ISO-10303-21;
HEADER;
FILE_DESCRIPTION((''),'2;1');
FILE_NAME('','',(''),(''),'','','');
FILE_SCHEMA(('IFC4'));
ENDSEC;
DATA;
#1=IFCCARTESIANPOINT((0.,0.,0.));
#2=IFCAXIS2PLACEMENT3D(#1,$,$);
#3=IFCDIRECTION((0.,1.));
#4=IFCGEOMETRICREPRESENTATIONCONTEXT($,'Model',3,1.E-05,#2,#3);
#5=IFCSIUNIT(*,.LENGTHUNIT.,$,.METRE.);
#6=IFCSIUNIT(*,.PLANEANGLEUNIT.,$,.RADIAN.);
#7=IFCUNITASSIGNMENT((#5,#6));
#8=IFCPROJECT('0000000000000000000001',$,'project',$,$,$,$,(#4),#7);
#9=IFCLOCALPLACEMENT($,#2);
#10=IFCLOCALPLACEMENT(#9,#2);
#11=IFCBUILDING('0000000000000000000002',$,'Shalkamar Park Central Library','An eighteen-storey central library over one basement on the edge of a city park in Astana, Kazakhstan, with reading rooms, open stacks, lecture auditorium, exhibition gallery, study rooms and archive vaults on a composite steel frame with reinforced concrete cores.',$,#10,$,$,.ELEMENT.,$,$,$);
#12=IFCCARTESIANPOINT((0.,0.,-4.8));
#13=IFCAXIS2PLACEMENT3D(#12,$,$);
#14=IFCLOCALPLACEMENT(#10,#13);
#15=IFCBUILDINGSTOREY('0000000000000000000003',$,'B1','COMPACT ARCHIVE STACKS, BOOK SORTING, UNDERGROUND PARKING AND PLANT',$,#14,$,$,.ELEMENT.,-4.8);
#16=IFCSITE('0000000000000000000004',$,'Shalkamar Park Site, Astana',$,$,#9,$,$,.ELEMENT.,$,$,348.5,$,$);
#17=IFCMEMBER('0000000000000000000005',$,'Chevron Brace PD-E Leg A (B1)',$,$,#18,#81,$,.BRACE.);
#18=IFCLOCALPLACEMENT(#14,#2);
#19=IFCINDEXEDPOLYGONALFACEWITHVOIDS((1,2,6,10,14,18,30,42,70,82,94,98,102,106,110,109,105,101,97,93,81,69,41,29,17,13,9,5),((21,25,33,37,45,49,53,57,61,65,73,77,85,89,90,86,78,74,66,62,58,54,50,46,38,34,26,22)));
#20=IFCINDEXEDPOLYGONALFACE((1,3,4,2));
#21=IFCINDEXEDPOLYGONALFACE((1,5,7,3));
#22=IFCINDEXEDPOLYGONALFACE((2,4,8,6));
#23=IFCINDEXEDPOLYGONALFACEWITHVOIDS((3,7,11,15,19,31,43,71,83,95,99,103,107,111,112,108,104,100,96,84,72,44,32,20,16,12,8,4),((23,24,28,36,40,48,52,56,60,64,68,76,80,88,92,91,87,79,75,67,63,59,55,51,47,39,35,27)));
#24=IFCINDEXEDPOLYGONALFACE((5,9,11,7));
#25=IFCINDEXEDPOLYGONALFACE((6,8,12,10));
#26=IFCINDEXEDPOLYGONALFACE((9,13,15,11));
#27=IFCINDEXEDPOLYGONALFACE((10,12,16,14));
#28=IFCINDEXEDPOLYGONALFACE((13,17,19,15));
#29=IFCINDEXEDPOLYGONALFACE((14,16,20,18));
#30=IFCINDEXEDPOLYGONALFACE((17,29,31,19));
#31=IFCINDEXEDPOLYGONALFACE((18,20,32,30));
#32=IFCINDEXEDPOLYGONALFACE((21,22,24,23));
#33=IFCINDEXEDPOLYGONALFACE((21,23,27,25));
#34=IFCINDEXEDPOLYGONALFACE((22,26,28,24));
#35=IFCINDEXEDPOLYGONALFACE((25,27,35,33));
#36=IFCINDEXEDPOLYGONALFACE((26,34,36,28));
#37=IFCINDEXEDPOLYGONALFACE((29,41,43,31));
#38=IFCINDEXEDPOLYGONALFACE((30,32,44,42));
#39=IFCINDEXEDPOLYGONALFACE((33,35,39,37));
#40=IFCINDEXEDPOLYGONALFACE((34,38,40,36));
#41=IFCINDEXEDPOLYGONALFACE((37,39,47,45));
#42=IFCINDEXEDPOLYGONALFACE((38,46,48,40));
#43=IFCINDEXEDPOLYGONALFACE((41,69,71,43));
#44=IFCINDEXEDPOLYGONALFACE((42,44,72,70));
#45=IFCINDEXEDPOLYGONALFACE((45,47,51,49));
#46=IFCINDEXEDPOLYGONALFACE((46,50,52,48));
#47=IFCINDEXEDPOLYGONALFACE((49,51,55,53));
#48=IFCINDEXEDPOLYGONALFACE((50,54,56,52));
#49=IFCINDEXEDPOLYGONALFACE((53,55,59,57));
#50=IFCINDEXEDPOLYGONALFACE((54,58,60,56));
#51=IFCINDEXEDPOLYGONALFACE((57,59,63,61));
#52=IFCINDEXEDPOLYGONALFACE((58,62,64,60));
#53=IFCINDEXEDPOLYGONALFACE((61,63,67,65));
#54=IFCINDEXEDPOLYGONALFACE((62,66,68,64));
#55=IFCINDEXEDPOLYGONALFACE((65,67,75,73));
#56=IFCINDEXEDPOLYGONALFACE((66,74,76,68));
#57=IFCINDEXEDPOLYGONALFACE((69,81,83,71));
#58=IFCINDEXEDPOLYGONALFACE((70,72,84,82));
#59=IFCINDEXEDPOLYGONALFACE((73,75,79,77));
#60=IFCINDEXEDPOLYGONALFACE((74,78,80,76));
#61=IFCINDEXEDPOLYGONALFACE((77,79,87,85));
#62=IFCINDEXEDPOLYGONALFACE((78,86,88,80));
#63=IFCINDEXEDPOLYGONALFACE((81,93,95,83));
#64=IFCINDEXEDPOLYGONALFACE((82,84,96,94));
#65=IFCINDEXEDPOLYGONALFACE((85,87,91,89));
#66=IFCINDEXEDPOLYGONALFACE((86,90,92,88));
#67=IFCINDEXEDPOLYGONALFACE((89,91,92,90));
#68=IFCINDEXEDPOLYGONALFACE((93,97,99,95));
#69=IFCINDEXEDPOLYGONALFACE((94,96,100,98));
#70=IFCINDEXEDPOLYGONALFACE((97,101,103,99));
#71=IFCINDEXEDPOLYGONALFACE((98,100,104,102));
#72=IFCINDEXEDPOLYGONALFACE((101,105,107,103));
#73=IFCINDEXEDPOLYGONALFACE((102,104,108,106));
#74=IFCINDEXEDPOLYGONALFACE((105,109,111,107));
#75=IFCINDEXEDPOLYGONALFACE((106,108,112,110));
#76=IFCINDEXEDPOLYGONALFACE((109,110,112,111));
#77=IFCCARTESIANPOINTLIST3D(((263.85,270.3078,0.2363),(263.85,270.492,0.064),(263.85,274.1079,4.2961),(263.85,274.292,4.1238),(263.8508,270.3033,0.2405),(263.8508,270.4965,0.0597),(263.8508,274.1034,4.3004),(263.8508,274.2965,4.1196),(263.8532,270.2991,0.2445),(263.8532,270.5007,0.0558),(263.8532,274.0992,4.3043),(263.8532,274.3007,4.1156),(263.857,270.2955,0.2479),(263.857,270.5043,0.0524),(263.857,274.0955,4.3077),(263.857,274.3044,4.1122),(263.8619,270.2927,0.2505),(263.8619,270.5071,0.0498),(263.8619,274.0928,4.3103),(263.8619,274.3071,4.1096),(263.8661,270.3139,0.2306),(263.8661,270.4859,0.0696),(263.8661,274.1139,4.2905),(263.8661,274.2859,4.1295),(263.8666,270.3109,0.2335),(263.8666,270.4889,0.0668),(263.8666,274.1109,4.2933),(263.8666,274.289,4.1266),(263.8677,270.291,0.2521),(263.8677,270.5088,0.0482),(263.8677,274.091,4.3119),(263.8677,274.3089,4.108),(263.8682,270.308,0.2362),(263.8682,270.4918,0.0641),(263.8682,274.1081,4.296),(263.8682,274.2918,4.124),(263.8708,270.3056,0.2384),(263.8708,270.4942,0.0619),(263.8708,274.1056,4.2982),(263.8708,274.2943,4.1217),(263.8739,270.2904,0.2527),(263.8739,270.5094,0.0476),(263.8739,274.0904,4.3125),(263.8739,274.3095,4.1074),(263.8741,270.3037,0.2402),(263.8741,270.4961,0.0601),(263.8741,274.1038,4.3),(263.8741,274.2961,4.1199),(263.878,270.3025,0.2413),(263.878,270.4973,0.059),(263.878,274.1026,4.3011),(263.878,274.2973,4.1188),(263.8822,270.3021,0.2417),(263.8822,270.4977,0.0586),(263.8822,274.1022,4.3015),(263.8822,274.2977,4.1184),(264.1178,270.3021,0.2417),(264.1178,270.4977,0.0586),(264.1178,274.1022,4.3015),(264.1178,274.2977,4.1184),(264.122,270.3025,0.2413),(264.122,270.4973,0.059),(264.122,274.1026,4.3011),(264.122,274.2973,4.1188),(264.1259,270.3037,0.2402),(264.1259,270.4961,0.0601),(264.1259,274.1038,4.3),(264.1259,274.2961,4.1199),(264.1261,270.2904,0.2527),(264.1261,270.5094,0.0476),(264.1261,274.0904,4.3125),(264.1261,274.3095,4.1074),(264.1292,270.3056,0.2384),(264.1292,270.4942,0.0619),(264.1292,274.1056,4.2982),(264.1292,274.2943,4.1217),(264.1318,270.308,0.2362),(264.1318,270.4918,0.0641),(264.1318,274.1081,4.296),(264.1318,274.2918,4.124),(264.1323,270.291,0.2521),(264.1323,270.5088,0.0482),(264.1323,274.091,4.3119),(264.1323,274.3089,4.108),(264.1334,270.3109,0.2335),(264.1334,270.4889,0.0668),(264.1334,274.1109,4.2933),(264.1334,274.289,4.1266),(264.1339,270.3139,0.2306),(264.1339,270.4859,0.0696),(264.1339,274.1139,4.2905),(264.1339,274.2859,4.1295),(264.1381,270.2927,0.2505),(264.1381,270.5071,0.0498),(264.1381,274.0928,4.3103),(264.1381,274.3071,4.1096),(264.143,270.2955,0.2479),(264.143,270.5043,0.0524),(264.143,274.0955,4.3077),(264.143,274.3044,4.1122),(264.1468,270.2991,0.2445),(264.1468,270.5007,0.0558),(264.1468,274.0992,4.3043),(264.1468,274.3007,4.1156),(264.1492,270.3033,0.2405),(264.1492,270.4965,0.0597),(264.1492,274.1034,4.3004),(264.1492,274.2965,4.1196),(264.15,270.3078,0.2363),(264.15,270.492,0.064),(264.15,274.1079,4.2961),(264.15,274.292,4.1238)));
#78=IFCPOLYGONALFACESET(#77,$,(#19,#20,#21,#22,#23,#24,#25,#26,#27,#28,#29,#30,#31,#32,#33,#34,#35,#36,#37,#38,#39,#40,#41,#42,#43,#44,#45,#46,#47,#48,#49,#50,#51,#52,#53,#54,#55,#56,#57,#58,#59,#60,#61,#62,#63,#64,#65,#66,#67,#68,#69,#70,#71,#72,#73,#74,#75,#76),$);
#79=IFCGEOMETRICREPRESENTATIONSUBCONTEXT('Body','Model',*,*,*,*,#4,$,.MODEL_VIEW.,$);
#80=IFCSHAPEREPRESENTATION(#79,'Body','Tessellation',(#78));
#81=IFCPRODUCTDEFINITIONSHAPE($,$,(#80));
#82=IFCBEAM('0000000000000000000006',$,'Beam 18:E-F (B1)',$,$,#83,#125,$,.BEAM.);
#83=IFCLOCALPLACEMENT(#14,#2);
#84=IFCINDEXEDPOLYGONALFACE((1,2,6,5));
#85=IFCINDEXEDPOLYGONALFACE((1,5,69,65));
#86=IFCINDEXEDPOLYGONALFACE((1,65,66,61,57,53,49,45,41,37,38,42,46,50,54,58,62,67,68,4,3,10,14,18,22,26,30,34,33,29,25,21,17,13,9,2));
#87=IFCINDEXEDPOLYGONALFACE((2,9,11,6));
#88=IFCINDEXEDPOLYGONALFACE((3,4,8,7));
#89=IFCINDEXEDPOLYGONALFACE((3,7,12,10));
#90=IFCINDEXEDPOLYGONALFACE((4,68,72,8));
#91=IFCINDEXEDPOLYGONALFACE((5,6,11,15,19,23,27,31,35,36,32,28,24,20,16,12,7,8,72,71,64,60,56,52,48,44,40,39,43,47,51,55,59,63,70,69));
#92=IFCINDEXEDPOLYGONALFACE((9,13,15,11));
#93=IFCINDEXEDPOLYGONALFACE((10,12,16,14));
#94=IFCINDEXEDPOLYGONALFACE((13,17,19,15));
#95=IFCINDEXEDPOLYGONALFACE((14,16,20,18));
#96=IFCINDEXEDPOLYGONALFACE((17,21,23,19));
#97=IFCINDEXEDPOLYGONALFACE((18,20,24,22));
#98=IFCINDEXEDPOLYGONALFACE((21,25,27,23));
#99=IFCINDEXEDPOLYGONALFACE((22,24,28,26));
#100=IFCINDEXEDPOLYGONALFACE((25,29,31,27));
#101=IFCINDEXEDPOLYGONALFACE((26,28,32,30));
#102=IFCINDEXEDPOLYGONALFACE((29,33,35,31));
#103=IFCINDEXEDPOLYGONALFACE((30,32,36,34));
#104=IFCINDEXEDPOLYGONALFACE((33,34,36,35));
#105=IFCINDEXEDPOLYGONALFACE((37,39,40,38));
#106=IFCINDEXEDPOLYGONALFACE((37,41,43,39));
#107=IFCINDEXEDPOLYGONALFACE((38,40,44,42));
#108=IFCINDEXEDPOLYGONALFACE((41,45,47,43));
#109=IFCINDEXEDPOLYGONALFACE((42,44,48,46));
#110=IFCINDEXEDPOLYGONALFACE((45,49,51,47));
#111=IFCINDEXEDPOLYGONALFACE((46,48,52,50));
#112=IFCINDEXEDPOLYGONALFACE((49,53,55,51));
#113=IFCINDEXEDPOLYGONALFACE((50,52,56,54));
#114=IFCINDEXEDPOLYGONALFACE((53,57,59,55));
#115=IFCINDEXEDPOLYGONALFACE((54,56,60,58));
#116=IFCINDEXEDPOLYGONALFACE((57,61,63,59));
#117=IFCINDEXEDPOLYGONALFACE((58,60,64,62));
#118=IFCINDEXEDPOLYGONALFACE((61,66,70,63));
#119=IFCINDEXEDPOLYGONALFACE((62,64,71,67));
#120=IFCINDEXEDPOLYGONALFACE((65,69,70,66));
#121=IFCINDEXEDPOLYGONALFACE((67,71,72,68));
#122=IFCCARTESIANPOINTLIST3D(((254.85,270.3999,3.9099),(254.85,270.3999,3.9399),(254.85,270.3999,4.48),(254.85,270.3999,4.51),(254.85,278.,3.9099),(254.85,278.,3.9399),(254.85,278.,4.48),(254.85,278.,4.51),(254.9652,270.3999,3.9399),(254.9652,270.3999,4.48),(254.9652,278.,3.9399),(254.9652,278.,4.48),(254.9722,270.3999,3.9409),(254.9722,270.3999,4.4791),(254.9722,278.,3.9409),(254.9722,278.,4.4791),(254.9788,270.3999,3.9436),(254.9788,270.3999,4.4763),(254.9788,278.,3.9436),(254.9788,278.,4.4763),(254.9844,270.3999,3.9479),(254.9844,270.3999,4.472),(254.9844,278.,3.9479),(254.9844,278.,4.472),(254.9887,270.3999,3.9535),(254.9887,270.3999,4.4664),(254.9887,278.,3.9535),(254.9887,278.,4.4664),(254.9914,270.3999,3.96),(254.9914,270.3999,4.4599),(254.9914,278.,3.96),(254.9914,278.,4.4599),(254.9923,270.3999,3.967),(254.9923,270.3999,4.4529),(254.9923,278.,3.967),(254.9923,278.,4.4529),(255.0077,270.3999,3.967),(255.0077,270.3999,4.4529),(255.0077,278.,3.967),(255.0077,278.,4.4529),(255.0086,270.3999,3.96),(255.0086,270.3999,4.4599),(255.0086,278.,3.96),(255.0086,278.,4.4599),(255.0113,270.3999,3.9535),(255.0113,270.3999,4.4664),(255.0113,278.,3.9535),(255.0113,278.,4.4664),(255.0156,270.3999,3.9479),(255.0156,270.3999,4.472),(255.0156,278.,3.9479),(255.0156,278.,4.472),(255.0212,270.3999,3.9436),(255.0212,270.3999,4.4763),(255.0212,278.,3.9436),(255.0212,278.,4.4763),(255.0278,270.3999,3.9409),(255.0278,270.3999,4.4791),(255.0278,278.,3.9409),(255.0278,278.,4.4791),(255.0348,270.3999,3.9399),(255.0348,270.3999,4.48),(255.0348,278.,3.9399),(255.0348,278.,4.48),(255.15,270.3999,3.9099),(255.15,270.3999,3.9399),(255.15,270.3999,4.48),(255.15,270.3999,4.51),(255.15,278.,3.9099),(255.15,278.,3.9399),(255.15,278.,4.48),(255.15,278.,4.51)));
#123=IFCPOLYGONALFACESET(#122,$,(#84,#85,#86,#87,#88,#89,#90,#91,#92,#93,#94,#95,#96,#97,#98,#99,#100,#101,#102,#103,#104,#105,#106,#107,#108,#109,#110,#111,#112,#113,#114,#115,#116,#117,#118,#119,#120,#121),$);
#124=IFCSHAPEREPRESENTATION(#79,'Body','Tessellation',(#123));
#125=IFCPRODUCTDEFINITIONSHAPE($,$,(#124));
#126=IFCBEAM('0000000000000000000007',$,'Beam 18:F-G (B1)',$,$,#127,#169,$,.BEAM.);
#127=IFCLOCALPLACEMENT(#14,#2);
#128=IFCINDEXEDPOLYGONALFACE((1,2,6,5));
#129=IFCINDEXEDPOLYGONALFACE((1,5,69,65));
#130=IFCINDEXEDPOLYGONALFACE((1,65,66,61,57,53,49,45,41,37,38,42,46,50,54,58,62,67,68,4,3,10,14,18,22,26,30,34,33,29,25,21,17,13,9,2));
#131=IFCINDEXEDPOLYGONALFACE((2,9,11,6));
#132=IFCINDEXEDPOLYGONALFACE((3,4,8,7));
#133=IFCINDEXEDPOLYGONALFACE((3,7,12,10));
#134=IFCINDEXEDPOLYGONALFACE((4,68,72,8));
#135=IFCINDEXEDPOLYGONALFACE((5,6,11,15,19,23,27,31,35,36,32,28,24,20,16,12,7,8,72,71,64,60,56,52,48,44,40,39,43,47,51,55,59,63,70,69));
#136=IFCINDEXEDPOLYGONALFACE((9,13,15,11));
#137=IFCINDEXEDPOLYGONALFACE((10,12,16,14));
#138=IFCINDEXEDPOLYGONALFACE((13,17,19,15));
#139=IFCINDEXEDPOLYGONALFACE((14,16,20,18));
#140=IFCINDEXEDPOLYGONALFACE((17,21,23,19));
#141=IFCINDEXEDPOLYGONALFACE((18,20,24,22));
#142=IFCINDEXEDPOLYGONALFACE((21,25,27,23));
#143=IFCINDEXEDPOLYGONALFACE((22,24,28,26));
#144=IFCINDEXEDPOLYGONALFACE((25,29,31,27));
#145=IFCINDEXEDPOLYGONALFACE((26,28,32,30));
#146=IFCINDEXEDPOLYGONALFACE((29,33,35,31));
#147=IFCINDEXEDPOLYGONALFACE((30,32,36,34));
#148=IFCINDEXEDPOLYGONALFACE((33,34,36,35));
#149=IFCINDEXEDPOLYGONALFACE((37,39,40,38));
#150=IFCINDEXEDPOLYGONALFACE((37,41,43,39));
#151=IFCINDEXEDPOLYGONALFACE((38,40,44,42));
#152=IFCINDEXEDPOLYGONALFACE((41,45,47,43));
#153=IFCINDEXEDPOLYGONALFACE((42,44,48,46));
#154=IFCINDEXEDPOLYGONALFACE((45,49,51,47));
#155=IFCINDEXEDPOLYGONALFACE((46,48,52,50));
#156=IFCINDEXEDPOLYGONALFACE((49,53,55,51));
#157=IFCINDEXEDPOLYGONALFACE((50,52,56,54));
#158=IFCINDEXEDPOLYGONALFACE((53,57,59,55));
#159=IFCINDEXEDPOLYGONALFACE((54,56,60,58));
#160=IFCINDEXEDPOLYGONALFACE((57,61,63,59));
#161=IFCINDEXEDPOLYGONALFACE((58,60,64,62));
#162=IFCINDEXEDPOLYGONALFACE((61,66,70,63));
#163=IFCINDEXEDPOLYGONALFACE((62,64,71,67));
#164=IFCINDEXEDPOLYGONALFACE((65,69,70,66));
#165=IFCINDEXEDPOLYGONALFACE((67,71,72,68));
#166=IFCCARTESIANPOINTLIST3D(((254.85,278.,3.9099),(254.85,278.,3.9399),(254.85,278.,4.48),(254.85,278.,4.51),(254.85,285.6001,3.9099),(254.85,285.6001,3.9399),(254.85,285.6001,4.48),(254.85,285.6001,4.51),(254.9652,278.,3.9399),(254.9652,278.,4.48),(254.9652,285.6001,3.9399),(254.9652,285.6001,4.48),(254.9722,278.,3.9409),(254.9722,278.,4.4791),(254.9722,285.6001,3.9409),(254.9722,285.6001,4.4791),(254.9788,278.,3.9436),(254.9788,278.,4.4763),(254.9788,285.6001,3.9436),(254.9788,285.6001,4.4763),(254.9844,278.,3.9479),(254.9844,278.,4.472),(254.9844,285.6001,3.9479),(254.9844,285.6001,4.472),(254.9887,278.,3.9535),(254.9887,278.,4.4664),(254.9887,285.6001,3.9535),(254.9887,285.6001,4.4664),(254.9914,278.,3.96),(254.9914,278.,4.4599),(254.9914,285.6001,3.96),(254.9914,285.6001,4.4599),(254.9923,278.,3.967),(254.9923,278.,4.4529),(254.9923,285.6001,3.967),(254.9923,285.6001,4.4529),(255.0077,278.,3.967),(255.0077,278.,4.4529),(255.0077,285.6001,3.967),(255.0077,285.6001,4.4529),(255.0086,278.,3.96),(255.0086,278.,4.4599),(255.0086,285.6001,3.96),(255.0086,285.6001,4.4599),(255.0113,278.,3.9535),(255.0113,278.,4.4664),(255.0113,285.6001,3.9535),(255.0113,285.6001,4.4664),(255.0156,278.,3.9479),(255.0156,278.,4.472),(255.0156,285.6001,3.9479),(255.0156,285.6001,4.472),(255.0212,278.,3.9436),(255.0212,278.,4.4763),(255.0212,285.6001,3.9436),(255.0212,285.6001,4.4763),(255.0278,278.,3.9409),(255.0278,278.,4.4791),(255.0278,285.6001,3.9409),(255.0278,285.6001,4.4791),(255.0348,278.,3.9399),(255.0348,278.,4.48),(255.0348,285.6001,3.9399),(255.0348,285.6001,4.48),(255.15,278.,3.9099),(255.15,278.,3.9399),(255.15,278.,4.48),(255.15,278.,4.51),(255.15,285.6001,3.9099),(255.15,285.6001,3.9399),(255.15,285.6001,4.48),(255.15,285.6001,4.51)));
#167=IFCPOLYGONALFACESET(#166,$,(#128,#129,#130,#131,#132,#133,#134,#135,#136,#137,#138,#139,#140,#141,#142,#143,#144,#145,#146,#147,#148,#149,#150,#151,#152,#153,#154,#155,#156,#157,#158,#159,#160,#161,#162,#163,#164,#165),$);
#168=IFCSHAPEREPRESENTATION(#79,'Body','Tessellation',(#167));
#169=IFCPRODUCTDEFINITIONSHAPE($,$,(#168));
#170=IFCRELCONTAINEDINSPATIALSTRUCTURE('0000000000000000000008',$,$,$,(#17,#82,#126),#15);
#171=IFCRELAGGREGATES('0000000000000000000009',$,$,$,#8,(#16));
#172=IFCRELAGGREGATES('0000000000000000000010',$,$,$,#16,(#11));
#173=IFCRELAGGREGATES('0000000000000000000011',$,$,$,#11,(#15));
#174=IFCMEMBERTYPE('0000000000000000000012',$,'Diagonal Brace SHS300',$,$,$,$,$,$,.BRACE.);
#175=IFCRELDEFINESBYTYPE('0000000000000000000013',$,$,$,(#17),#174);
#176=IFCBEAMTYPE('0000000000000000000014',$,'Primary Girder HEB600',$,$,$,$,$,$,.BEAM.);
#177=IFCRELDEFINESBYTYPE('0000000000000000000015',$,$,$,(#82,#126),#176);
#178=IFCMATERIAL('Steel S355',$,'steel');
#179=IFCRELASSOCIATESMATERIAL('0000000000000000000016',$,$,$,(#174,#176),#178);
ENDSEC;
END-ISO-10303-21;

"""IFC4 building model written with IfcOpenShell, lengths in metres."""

from ifc_helpers import new_model, si_unit, direction, frame, origin, origin_2d, place, context, subcontext, project, spatial, hollow_rectangle, i_section, extrude, material, material_profile, profile_set, type_object, element, save


model = new_model("IFC4")

# Units and contexts
model_context = context("Model", 3, precision=1e-05, world=origin(), true_north=direction((0.0, 1.0)))
body_context = subcontext(model_context, "Body", "Model", "MODEL_VIEW")
ifc_project = project(units=[si_unit("LENGTHUNIT", "METRE"), si_unit("PLANEANGLEUNIT", "RADIAN")], contexts=[model_context])

# Site, building, storey
site_placement = place(None, origin())
site = spatial("IfcSite", under=ifc_project, at=site_placement, Name="Shalkamar Park Site, Astana", CompositionType="ELEMENT", RefElevation=348.5)
building_placement = place(site_placement, origin())
building = spatial("IfcBuilding", under=site, at=building_placement, Name="Shalkamar Park Central Library", Description="An eighteen-storey central library over one basement on the edge of a city park in Astana, Kazakhstan, with reading rooms, open stacks, lecture auditorium, exhibition gallery, study rooms and archive vaults on a composite steel frame with reinforced concrete cores.", CompositionType="ELEMENT")
storey_placement = place(building_placement, frame((0.0, 0.0, -4.8)))
storey = spatial("IfcBuildingStorey", under=building, at=storey_placement, Name="B1", Description="COMPACT ARCHIVE STACKS, BOOK SORTING, UNDERGROUND PARKING AND PLANT", CompositionType="ELEMENT", Elevation=-4.8)

# Shared definitions
ifc_material_1 = material(Name="Steel S355", Category="steel")

# Member
ifc_material_profile_1 = material_profile(ifc_material_1, hollow_rectangle(XDim=0.3, YDim=0.3, WallThickness=0.0161, InnerFilletRadius=0.0161, OuterFilletRadius=0.0239, at=origin_2d()), Name="SHS 300x300x16")
ifc_profile_set_1 = profile_set([ifc_material_profile_1], Name="Steel S355")
member_type = type_object("IfcMemberType", Name="Diagonal Brace SHS300", PredefinedType="BRACE", material=ifc_profile_set_1)
member_placement = place(storey_placement, frame((264.0, 270.3999, 0.1501), z_axis=(0.0, 0.683364, 0.730078), x_axis=(-1.0, 0.0, 0.0)))
element("IfcMember", 1, at=member_placement, inside=storey, type_object=member_type, Name="Chevron Brace PD-E Leg A (B1)", PredefinedType="BRACE", context=body_context, shape_type="SweptSolid", body=[
    extrude(hollow_rectangle(XDim=0.3, YDim=0.3, WallThickness=0.0161, InnerFilletRadius=0.0161, OuterFilletRadius=0.0239, at=origin_2d()), origin(), (0.0, 0.0, 1.0), 5.5608),
])

# Beams
ifc_material_profile_2 = material_profile(ifc_material_1, i_section(OverallWidth=0.3, OverallDepth=0.6001, WebThickness=0.0154, FlangeThickness=0.03, FilletRadius=0.0271, at=origin_2d()), Name="HEB 600")
ifc_profile_set_2 = profile_set([ifc_material_profile_2], Name="Steel S355")
beam_type_1 = type_object("IfcBeamType", Name="Primary Girder HEB600", PredefinedType="BEAM", material=ifc_profile_set_2)
for number, where, z_axis, x_axis, name in (
    (2, (255.0, 270.3999, 4.21), (0.0, 1.0, 0.0), (-1.0, 0.0, 0.0), "Beam 18:E-F (B1)"),
    (3, (255.0, 278.0, 4.21), (0.0, 1.0, 0.0), (-1.0, 0.0, 0.0), "Beam 18:F-G (B1)"),
):
    element("IfcBeam", number, at=place(storey_placement, frame(where, z_axis=z_axis, x_axis=x_axis)), inside=storey, type_object=beam_type_1, Name=name, PredefinedType="BEAM", context=body_context, shape_type="SweptSolid", body=[
        extrude(i_section(OverallWidth=0.3, OverallDepth=0.6001, WebThickness=0.0154, FlangeThickness=0.03, FilletRadius=0.0271, at=origin_2d()), origin(), (0.0, 0.0, 1.0), 7.6001),
    ])

save(model, "model.ifc")
